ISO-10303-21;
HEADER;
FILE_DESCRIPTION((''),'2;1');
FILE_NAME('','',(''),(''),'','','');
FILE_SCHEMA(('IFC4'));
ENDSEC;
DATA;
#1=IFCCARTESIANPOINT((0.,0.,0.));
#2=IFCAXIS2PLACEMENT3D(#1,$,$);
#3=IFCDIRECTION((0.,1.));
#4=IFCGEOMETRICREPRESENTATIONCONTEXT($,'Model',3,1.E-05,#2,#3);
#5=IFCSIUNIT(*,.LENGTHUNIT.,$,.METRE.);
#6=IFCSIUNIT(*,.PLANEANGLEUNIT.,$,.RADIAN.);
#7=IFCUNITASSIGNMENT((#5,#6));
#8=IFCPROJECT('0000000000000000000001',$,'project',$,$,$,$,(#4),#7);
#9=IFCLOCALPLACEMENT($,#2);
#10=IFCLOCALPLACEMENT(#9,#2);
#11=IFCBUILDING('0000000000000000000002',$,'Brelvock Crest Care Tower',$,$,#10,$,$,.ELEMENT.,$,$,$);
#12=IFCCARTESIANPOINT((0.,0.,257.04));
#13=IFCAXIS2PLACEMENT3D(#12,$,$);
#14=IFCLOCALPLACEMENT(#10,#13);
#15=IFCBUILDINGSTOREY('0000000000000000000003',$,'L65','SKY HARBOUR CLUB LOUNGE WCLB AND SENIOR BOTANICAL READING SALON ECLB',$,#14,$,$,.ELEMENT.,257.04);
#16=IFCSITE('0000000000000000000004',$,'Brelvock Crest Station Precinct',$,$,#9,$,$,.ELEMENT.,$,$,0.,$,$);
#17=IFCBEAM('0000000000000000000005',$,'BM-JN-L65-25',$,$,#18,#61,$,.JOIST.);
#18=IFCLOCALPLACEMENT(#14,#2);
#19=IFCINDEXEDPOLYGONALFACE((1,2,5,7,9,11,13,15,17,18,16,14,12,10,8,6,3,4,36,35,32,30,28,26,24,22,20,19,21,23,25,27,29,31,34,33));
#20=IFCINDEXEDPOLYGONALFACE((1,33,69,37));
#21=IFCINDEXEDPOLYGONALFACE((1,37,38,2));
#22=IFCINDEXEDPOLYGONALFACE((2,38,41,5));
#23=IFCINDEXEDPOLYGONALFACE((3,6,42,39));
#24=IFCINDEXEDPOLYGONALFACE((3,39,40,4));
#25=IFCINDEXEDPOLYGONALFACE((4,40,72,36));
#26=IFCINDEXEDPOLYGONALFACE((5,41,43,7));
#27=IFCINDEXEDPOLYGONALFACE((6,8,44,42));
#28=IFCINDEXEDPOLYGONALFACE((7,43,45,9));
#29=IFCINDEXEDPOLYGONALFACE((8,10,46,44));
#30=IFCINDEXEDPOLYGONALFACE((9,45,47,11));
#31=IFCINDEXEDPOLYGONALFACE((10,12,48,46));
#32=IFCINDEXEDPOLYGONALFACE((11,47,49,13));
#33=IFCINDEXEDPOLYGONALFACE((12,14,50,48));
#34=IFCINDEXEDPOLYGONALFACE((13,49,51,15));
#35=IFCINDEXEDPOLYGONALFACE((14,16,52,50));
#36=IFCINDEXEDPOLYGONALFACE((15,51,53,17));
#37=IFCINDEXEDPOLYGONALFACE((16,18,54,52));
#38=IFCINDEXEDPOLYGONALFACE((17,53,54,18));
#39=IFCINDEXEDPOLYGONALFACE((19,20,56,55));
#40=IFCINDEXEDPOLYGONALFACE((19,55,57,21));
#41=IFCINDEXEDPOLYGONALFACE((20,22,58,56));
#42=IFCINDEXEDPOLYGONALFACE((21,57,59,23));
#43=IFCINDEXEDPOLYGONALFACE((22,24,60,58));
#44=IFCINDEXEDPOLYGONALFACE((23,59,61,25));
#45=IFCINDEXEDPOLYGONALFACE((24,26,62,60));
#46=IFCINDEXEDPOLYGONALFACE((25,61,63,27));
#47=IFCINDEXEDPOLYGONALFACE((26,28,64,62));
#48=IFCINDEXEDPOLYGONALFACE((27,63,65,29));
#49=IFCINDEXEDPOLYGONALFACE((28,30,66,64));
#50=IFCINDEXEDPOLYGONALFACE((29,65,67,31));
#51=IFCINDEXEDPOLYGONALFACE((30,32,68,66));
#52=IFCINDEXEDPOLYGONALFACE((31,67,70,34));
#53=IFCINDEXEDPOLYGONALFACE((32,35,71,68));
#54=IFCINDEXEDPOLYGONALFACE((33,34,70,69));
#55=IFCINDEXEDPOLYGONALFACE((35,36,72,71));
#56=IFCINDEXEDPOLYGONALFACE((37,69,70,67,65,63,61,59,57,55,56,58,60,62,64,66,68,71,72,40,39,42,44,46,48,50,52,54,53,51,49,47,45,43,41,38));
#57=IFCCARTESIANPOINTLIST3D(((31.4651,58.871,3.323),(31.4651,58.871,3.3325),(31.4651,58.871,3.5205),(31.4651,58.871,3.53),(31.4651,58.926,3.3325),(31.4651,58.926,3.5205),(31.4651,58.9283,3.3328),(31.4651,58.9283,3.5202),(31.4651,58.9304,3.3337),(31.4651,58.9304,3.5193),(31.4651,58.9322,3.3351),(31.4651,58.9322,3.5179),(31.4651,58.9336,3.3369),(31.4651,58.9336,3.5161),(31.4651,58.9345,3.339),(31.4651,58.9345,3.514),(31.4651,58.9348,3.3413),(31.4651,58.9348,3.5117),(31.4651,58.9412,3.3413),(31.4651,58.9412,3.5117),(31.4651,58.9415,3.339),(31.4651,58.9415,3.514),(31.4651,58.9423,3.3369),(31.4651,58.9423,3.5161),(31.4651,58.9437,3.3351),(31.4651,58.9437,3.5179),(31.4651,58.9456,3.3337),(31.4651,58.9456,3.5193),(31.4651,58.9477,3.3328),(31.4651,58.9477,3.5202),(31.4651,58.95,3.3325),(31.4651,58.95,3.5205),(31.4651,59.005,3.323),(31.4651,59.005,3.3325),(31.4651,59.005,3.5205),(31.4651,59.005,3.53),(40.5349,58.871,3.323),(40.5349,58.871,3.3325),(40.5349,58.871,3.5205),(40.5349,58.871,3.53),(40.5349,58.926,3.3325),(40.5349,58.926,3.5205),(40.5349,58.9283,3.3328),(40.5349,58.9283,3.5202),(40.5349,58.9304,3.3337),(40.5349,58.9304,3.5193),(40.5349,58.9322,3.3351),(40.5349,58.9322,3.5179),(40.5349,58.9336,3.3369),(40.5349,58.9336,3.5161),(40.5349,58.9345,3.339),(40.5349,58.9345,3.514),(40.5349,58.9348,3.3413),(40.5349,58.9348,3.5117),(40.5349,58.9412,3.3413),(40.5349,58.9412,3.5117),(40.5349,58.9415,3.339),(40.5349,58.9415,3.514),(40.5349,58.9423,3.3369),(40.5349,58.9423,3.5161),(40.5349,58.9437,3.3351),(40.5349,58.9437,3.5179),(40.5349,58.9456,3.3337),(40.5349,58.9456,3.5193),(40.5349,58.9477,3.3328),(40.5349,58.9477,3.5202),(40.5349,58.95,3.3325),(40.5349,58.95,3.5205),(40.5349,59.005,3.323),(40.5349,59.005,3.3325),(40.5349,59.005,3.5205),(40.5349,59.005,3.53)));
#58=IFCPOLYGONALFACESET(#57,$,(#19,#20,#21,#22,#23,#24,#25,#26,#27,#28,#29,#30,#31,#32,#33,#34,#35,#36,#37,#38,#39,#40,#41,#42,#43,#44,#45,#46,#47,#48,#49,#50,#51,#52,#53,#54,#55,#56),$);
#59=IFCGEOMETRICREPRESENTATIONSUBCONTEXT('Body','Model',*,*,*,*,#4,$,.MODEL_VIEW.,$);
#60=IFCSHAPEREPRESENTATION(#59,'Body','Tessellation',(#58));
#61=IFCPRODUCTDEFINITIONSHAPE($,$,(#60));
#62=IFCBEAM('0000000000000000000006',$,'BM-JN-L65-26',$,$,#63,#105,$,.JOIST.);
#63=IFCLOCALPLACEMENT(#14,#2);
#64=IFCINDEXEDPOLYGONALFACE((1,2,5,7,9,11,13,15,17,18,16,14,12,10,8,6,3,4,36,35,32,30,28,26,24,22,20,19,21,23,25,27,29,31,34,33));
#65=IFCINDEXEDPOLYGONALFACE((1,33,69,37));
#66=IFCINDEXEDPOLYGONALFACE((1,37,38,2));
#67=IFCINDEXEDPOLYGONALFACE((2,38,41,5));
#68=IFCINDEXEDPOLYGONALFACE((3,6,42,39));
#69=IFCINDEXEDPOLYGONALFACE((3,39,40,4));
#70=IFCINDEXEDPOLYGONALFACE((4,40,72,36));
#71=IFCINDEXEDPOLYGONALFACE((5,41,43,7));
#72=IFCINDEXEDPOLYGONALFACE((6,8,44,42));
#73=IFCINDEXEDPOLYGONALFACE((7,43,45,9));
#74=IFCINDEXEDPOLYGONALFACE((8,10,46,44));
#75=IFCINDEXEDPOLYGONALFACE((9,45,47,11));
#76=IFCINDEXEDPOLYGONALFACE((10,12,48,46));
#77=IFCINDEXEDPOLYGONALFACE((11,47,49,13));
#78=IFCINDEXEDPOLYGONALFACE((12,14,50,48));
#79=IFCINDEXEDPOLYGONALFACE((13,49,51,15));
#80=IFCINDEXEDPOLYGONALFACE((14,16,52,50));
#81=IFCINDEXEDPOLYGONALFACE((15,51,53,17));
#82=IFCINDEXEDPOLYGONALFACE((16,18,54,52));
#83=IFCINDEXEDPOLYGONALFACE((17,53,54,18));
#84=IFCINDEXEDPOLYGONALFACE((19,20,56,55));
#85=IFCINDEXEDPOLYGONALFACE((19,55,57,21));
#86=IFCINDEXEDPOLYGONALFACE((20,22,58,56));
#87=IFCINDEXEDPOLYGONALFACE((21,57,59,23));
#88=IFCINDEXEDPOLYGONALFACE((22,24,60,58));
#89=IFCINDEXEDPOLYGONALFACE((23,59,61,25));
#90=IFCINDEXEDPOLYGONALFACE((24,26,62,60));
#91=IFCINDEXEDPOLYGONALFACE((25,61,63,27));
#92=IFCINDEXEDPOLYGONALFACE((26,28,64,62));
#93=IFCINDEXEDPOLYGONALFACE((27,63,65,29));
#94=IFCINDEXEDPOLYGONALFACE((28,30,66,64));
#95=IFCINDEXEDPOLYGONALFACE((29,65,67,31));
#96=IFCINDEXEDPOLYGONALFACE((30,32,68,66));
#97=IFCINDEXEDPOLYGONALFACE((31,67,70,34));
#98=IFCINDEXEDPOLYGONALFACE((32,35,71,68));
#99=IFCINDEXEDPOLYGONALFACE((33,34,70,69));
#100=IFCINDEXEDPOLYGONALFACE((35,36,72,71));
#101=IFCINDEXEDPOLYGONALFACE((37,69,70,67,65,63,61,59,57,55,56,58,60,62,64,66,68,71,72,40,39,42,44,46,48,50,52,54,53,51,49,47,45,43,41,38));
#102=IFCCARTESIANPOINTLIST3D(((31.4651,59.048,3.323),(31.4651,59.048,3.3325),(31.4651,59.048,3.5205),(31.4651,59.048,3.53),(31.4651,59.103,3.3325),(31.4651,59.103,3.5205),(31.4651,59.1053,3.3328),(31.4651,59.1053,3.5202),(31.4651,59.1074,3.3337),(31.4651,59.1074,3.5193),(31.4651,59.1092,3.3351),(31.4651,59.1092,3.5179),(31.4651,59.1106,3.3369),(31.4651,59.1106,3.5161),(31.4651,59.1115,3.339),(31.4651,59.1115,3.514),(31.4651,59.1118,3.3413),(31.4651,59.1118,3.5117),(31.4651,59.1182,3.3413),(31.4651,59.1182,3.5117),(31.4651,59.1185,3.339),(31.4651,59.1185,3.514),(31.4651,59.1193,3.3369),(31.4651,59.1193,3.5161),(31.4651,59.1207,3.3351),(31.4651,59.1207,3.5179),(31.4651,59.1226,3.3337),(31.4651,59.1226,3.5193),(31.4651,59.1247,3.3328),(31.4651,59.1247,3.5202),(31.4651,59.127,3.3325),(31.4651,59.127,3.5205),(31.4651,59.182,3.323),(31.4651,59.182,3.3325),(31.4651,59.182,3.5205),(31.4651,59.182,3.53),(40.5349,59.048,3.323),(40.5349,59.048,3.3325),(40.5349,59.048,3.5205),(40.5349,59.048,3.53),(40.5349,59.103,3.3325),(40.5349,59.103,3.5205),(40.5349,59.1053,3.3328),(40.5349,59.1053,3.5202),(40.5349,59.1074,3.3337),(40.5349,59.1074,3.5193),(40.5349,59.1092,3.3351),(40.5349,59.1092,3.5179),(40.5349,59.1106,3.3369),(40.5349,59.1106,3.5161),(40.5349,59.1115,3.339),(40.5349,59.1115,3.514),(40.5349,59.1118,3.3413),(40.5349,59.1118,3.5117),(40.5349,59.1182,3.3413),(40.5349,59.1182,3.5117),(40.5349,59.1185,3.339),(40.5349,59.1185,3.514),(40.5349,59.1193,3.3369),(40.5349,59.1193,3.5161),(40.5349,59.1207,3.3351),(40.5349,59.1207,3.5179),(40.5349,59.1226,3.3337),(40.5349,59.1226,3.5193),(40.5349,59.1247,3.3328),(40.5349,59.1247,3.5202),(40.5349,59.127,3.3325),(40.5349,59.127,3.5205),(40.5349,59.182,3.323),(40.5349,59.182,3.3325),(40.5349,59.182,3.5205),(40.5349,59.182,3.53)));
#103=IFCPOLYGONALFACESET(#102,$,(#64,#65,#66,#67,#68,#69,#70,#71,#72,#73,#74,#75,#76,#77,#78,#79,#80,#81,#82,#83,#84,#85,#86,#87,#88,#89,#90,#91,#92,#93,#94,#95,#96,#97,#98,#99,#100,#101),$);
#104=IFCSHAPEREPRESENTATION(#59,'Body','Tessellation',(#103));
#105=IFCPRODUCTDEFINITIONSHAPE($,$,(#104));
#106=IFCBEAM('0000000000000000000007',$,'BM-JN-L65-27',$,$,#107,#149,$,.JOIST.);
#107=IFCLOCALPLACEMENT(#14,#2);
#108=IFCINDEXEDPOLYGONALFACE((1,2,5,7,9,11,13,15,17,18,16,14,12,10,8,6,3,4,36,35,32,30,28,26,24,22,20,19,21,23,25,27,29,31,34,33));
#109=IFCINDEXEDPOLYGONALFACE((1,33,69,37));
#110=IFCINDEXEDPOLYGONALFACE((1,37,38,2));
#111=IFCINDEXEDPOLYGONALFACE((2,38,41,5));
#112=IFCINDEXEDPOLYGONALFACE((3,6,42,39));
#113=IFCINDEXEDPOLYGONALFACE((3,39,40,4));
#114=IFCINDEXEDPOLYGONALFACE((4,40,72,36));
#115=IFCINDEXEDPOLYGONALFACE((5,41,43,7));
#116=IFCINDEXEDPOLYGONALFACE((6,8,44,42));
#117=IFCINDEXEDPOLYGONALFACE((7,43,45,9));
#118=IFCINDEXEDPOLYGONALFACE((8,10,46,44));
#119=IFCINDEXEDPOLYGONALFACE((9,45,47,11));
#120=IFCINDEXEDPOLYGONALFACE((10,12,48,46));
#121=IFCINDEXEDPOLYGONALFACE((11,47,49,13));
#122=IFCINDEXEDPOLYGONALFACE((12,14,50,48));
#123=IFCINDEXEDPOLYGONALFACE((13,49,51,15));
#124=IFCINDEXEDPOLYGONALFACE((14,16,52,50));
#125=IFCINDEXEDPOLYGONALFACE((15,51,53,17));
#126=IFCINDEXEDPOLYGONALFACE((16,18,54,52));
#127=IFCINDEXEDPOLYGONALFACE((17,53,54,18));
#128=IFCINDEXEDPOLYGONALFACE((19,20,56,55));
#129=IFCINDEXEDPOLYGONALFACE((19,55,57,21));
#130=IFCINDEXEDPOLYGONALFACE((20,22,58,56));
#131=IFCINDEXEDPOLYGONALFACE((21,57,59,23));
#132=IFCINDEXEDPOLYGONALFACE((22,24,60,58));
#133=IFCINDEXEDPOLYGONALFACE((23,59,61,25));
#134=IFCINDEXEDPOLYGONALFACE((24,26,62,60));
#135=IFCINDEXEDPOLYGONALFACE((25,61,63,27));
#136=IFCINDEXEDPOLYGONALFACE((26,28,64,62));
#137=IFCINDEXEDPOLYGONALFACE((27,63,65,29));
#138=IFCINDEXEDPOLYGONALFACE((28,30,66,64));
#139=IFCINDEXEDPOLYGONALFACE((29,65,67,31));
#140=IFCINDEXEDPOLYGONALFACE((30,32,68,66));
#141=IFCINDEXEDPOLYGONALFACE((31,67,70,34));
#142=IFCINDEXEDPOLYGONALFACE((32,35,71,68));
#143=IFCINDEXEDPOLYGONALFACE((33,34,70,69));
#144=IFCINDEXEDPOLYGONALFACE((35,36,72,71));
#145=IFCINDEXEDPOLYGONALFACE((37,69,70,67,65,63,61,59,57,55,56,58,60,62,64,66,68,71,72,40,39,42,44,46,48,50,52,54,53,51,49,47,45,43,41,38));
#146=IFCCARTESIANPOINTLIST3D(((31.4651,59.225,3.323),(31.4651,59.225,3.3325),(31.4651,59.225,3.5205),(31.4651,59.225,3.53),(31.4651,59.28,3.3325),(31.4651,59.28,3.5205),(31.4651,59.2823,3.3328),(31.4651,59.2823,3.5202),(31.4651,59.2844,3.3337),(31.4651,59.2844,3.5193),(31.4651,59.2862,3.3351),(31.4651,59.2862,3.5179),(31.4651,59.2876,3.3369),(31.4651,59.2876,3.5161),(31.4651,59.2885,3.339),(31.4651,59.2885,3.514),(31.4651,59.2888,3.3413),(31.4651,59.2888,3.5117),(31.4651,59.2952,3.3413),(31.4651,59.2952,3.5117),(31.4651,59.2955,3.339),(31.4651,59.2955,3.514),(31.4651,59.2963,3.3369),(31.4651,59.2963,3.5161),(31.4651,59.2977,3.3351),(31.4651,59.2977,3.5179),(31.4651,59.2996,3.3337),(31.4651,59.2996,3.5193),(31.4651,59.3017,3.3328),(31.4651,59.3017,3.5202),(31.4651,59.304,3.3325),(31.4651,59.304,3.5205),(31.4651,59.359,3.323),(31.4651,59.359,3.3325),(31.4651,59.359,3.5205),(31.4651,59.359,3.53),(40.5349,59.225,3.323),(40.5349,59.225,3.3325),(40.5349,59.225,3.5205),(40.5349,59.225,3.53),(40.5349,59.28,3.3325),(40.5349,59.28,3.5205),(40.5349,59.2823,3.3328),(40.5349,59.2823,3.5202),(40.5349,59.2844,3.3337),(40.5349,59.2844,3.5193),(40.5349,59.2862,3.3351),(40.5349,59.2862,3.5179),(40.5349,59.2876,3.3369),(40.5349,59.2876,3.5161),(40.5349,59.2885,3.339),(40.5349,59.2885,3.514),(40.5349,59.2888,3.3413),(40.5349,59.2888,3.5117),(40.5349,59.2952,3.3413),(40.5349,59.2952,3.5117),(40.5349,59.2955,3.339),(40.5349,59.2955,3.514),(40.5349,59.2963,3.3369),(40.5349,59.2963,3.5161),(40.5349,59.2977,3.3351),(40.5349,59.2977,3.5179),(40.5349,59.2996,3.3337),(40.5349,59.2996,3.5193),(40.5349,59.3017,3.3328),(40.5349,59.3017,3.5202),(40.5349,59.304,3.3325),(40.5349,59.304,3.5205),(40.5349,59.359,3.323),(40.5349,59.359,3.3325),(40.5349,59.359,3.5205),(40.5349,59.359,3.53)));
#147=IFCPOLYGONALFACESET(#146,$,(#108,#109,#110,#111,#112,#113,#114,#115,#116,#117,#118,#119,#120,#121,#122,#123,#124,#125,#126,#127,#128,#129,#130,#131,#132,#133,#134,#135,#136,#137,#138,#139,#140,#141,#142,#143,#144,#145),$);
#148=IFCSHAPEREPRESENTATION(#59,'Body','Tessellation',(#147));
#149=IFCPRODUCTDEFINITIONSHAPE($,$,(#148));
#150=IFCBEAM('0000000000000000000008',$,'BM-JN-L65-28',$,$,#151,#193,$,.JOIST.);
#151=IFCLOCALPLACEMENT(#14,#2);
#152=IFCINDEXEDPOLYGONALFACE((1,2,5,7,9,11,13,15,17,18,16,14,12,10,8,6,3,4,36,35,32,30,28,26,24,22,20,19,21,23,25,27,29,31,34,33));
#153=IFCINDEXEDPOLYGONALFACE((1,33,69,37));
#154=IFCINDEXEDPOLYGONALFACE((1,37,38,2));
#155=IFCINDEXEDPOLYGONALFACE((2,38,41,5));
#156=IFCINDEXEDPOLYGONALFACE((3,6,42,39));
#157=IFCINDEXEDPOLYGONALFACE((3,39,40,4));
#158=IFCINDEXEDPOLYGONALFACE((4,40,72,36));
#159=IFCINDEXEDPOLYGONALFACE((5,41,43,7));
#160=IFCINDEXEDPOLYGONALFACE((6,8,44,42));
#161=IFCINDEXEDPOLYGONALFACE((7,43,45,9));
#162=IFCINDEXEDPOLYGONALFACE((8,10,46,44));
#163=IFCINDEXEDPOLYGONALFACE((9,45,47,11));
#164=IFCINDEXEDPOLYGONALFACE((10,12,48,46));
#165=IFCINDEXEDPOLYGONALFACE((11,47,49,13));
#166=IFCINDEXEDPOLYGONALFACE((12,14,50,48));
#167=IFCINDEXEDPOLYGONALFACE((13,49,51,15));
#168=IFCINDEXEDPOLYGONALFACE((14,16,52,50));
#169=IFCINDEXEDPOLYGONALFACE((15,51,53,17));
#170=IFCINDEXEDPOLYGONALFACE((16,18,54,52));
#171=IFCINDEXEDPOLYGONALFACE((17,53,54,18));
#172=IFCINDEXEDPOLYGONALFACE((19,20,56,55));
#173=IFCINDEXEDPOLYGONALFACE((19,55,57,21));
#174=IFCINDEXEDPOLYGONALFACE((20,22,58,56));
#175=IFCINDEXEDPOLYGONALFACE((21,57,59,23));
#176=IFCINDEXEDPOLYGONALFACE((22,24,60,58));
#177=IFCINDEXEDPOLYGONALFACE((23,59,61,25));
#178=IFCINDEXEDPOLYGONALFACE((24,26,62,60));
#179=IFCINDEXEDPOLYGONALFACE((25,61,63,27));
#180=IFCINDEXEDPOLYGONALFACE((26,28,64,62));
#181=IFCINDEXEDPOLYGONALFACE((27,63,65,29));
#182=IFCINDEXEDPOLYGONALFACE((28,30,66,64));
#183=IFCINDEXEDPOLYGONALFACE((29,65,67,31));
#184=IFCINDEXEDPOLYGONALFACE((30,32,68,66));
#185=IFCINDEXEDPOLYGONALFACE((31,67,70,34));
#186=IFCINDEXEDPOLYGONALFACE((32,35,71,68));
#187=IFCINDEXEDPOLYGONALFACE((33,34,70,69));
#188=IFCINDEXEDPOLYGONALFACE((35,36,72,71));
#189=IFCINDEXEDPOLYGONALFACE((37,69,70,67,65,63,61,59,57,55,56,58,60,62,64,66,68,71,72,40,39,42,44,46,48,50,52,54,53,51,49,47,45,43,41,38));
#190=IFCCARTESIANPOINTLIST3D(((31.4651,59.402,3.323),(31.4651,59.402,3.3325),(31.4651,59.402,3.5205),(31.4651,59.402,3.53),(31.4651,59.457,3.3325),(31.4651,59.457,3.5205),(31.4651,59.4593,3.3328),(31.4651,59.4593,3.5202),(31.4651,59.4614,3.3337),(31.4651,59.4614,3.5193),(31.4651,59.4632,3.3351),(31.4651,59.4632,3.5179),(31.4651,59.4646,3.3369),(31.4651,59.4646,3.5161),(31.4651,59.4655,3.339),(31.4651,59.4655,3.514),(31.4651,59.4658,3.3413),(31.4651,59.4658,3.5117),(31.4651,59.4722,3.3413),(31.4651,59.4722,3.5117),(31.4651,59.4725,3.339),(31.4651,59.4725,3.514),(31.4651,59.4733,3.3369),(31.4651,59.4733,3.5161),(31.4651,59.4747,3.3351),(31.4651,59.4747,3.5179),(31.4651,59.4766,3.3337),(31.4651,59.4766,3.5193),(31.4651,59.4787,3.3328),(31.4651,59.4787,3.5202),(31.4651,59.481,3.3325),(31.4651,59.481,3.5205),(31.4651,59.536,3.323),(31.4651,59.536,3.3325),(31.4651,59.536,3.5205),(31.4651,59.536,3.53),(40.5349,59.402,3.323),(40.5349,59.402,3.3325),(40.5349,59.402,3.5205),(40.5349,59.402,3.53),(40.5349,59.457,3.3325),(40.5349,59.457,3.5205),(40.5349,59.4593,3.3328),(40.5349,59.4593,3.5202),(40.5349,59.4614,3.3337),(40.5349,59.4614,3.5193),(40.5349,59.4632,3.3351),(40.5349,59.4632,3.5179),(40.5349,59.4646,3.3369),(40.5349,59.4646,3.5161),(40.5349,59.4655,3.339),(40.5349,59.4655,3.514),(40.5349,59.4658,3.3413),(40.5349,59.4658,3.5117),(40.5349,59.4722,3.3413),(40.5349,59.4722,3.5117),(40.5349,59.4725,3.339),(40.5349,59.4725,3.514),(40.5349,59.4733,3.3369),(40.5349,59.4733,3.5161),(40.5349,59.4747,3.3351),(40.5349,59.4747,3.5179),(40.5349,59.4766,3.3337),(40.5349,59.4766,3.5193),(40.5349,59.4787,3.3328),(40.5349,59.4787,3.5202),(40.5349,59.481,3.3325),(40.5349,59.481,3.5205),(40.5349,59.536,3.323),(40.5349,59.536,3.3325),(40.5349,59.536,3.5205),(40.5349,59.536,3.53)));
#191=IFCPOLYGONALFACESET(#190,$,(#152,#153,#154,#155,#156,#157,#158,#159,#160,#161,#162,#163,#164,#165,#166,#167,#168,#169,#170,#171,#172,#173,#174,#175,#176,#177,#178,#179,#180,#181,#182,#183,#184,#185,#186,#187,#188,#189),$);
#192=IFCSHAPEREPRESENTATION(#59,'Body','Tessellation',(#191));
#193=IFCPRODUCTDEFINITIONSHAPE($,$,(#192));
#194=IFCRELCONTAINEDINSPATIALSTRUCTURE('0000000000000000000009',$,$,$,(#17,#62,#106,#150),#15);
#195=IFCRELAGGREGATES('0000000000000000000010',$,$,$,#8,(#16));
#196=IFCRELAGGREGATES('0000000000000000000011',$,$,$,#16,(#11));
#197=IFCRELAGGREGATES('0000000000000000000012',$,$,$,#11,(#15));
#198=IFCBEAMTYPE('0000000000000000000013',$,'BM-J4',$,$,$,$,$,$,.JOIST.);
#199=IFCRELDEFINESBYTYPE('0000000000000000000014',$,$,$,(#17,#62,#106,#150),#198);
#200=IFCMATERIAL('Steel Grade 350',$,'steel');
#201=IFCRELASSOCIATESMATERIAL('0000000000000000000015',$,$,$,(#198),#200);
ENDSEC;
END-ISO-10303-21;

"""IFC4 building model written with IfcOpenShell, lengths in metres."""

from ifc_helpers import new_model, si_unit, direction, frame, origin, origin_2d, place, context, subcontext, project, spatial, i_section, extrude, source, transform, mapped, material, material_profile, profile_set, type_object, element, save


model = new_model("IFC4")

# Units and contexts
model_context = context("Model", 3, precision=1e-05, world=origin(), true_north=direction((0.0, 1.0)))
body_context = subcontext(model_context, "Body", "Model", "MODEL_VIEW")
ifc_project = project(units=[si_unit("LENGTHUNIT", "METRE"), si_unit("PLANEANGLEUNIT", "RADIAN")], contexts=[model_context])

# Site, building, storey
site_placement = place(None, origin())
site = spatial("IfcSite", under=ifc_project, at=site_placement, Name="Brelvock Crest Station Precinct", CompositionType="ELEMENT", RefElevation=0.0)
building_placement = place(site_placement, origin())
building = spatial("IfcBuilding", under=site, at=building_placement, Name="Brelvock Crest Care Tower", CompositionType="ELEMENT")
storey_placement = place(building_placement, frame((0.0, 0.0, 257.04)))
storey = spatial("IfcBuildingStorey", under=building, at=storey_placement, Name="L65", Description="SKY HARBOUR CLUB LOUNGE WCLB AND SENIOR BOTANICAL READING SALON ECLB", CompositionType="ELEMENT", Elevation=257.04)

# Shared definitions
ifc_material_1 = material(Name="Steel Grade 350", Category="steel")

# Beams
ifc_material_profile_1 = material_profile(ifc_material_1, i_section(OverallWidth=0.134, OverallDepth=0.207, WebThickness=0.0063, FlangeThickness=0.0095, FilletRadius=0.0088, at=origin_2d()), Name="200UB29.8")
ifc_profile_set_1 = profile_set([ifc_material_profile_1], Name="Steel Grade 350")
beam_type_1 = type_object("IfcBeamType", Name="BM-J4", PredefinedType="JOIST", material=ifc_profile_set_1)
shared_shape_1 = source(origin(), body_context, "Body", "SweptSolid", [
    extrude(i_section(OverallWidth=0.134, OverallDepth=0.207, WebThickness=0.0063, FlangeThickness=0.0095, FilletRadius=0.0088, at=origin_2d()), origin(), (0.0, 0.0, 1.0), 9.0698),
])
for number, where, z_axis, x_axis, name in (
    (1, (31.4651, 58.938, 3.4265), (1.0, 0.0, 0.0), (0.0, 1.0, 0.0), "BM-JN-L65-25"),
    (2, (31.4651, 59.115, 3.4265), (1.0, 0.0, 0.0), (0.0, 1.0, 0.0), "BM-JN-L65-26"),
    (3, (31.4651, 59.292, 3.4265), (1.0, 0.0, 0.0), (0.0, 1.0, 0.0), "BM-JN-L65-27"),
    (4, (31.4651, 59.469, 3.4265), (1.0, 0.0, 0.0), (0.0, 1.0, 0.0), "BM-JN-L65-28"),
):
    element("IfcBeam", number, at=place(storey_placement, frame(where, z_axis=z_axis, x_axis=x_axis)), inside=storey, type_object=beam_type_1, Name=name, PredefinedType="JOIST", context=body_context, shape_type="MappedRepresentation", body=[
        mapped(shared_shape_1, transform((0.0, 0.0, 0.0), x_axis=(1.0, 0.0, 0.0), y_axis=(0.0, 1.0, 0.0), z_axis=(0.0, 0.0, 1.0), scale=1.0)),
    ])

save(model, "model.ifc")
